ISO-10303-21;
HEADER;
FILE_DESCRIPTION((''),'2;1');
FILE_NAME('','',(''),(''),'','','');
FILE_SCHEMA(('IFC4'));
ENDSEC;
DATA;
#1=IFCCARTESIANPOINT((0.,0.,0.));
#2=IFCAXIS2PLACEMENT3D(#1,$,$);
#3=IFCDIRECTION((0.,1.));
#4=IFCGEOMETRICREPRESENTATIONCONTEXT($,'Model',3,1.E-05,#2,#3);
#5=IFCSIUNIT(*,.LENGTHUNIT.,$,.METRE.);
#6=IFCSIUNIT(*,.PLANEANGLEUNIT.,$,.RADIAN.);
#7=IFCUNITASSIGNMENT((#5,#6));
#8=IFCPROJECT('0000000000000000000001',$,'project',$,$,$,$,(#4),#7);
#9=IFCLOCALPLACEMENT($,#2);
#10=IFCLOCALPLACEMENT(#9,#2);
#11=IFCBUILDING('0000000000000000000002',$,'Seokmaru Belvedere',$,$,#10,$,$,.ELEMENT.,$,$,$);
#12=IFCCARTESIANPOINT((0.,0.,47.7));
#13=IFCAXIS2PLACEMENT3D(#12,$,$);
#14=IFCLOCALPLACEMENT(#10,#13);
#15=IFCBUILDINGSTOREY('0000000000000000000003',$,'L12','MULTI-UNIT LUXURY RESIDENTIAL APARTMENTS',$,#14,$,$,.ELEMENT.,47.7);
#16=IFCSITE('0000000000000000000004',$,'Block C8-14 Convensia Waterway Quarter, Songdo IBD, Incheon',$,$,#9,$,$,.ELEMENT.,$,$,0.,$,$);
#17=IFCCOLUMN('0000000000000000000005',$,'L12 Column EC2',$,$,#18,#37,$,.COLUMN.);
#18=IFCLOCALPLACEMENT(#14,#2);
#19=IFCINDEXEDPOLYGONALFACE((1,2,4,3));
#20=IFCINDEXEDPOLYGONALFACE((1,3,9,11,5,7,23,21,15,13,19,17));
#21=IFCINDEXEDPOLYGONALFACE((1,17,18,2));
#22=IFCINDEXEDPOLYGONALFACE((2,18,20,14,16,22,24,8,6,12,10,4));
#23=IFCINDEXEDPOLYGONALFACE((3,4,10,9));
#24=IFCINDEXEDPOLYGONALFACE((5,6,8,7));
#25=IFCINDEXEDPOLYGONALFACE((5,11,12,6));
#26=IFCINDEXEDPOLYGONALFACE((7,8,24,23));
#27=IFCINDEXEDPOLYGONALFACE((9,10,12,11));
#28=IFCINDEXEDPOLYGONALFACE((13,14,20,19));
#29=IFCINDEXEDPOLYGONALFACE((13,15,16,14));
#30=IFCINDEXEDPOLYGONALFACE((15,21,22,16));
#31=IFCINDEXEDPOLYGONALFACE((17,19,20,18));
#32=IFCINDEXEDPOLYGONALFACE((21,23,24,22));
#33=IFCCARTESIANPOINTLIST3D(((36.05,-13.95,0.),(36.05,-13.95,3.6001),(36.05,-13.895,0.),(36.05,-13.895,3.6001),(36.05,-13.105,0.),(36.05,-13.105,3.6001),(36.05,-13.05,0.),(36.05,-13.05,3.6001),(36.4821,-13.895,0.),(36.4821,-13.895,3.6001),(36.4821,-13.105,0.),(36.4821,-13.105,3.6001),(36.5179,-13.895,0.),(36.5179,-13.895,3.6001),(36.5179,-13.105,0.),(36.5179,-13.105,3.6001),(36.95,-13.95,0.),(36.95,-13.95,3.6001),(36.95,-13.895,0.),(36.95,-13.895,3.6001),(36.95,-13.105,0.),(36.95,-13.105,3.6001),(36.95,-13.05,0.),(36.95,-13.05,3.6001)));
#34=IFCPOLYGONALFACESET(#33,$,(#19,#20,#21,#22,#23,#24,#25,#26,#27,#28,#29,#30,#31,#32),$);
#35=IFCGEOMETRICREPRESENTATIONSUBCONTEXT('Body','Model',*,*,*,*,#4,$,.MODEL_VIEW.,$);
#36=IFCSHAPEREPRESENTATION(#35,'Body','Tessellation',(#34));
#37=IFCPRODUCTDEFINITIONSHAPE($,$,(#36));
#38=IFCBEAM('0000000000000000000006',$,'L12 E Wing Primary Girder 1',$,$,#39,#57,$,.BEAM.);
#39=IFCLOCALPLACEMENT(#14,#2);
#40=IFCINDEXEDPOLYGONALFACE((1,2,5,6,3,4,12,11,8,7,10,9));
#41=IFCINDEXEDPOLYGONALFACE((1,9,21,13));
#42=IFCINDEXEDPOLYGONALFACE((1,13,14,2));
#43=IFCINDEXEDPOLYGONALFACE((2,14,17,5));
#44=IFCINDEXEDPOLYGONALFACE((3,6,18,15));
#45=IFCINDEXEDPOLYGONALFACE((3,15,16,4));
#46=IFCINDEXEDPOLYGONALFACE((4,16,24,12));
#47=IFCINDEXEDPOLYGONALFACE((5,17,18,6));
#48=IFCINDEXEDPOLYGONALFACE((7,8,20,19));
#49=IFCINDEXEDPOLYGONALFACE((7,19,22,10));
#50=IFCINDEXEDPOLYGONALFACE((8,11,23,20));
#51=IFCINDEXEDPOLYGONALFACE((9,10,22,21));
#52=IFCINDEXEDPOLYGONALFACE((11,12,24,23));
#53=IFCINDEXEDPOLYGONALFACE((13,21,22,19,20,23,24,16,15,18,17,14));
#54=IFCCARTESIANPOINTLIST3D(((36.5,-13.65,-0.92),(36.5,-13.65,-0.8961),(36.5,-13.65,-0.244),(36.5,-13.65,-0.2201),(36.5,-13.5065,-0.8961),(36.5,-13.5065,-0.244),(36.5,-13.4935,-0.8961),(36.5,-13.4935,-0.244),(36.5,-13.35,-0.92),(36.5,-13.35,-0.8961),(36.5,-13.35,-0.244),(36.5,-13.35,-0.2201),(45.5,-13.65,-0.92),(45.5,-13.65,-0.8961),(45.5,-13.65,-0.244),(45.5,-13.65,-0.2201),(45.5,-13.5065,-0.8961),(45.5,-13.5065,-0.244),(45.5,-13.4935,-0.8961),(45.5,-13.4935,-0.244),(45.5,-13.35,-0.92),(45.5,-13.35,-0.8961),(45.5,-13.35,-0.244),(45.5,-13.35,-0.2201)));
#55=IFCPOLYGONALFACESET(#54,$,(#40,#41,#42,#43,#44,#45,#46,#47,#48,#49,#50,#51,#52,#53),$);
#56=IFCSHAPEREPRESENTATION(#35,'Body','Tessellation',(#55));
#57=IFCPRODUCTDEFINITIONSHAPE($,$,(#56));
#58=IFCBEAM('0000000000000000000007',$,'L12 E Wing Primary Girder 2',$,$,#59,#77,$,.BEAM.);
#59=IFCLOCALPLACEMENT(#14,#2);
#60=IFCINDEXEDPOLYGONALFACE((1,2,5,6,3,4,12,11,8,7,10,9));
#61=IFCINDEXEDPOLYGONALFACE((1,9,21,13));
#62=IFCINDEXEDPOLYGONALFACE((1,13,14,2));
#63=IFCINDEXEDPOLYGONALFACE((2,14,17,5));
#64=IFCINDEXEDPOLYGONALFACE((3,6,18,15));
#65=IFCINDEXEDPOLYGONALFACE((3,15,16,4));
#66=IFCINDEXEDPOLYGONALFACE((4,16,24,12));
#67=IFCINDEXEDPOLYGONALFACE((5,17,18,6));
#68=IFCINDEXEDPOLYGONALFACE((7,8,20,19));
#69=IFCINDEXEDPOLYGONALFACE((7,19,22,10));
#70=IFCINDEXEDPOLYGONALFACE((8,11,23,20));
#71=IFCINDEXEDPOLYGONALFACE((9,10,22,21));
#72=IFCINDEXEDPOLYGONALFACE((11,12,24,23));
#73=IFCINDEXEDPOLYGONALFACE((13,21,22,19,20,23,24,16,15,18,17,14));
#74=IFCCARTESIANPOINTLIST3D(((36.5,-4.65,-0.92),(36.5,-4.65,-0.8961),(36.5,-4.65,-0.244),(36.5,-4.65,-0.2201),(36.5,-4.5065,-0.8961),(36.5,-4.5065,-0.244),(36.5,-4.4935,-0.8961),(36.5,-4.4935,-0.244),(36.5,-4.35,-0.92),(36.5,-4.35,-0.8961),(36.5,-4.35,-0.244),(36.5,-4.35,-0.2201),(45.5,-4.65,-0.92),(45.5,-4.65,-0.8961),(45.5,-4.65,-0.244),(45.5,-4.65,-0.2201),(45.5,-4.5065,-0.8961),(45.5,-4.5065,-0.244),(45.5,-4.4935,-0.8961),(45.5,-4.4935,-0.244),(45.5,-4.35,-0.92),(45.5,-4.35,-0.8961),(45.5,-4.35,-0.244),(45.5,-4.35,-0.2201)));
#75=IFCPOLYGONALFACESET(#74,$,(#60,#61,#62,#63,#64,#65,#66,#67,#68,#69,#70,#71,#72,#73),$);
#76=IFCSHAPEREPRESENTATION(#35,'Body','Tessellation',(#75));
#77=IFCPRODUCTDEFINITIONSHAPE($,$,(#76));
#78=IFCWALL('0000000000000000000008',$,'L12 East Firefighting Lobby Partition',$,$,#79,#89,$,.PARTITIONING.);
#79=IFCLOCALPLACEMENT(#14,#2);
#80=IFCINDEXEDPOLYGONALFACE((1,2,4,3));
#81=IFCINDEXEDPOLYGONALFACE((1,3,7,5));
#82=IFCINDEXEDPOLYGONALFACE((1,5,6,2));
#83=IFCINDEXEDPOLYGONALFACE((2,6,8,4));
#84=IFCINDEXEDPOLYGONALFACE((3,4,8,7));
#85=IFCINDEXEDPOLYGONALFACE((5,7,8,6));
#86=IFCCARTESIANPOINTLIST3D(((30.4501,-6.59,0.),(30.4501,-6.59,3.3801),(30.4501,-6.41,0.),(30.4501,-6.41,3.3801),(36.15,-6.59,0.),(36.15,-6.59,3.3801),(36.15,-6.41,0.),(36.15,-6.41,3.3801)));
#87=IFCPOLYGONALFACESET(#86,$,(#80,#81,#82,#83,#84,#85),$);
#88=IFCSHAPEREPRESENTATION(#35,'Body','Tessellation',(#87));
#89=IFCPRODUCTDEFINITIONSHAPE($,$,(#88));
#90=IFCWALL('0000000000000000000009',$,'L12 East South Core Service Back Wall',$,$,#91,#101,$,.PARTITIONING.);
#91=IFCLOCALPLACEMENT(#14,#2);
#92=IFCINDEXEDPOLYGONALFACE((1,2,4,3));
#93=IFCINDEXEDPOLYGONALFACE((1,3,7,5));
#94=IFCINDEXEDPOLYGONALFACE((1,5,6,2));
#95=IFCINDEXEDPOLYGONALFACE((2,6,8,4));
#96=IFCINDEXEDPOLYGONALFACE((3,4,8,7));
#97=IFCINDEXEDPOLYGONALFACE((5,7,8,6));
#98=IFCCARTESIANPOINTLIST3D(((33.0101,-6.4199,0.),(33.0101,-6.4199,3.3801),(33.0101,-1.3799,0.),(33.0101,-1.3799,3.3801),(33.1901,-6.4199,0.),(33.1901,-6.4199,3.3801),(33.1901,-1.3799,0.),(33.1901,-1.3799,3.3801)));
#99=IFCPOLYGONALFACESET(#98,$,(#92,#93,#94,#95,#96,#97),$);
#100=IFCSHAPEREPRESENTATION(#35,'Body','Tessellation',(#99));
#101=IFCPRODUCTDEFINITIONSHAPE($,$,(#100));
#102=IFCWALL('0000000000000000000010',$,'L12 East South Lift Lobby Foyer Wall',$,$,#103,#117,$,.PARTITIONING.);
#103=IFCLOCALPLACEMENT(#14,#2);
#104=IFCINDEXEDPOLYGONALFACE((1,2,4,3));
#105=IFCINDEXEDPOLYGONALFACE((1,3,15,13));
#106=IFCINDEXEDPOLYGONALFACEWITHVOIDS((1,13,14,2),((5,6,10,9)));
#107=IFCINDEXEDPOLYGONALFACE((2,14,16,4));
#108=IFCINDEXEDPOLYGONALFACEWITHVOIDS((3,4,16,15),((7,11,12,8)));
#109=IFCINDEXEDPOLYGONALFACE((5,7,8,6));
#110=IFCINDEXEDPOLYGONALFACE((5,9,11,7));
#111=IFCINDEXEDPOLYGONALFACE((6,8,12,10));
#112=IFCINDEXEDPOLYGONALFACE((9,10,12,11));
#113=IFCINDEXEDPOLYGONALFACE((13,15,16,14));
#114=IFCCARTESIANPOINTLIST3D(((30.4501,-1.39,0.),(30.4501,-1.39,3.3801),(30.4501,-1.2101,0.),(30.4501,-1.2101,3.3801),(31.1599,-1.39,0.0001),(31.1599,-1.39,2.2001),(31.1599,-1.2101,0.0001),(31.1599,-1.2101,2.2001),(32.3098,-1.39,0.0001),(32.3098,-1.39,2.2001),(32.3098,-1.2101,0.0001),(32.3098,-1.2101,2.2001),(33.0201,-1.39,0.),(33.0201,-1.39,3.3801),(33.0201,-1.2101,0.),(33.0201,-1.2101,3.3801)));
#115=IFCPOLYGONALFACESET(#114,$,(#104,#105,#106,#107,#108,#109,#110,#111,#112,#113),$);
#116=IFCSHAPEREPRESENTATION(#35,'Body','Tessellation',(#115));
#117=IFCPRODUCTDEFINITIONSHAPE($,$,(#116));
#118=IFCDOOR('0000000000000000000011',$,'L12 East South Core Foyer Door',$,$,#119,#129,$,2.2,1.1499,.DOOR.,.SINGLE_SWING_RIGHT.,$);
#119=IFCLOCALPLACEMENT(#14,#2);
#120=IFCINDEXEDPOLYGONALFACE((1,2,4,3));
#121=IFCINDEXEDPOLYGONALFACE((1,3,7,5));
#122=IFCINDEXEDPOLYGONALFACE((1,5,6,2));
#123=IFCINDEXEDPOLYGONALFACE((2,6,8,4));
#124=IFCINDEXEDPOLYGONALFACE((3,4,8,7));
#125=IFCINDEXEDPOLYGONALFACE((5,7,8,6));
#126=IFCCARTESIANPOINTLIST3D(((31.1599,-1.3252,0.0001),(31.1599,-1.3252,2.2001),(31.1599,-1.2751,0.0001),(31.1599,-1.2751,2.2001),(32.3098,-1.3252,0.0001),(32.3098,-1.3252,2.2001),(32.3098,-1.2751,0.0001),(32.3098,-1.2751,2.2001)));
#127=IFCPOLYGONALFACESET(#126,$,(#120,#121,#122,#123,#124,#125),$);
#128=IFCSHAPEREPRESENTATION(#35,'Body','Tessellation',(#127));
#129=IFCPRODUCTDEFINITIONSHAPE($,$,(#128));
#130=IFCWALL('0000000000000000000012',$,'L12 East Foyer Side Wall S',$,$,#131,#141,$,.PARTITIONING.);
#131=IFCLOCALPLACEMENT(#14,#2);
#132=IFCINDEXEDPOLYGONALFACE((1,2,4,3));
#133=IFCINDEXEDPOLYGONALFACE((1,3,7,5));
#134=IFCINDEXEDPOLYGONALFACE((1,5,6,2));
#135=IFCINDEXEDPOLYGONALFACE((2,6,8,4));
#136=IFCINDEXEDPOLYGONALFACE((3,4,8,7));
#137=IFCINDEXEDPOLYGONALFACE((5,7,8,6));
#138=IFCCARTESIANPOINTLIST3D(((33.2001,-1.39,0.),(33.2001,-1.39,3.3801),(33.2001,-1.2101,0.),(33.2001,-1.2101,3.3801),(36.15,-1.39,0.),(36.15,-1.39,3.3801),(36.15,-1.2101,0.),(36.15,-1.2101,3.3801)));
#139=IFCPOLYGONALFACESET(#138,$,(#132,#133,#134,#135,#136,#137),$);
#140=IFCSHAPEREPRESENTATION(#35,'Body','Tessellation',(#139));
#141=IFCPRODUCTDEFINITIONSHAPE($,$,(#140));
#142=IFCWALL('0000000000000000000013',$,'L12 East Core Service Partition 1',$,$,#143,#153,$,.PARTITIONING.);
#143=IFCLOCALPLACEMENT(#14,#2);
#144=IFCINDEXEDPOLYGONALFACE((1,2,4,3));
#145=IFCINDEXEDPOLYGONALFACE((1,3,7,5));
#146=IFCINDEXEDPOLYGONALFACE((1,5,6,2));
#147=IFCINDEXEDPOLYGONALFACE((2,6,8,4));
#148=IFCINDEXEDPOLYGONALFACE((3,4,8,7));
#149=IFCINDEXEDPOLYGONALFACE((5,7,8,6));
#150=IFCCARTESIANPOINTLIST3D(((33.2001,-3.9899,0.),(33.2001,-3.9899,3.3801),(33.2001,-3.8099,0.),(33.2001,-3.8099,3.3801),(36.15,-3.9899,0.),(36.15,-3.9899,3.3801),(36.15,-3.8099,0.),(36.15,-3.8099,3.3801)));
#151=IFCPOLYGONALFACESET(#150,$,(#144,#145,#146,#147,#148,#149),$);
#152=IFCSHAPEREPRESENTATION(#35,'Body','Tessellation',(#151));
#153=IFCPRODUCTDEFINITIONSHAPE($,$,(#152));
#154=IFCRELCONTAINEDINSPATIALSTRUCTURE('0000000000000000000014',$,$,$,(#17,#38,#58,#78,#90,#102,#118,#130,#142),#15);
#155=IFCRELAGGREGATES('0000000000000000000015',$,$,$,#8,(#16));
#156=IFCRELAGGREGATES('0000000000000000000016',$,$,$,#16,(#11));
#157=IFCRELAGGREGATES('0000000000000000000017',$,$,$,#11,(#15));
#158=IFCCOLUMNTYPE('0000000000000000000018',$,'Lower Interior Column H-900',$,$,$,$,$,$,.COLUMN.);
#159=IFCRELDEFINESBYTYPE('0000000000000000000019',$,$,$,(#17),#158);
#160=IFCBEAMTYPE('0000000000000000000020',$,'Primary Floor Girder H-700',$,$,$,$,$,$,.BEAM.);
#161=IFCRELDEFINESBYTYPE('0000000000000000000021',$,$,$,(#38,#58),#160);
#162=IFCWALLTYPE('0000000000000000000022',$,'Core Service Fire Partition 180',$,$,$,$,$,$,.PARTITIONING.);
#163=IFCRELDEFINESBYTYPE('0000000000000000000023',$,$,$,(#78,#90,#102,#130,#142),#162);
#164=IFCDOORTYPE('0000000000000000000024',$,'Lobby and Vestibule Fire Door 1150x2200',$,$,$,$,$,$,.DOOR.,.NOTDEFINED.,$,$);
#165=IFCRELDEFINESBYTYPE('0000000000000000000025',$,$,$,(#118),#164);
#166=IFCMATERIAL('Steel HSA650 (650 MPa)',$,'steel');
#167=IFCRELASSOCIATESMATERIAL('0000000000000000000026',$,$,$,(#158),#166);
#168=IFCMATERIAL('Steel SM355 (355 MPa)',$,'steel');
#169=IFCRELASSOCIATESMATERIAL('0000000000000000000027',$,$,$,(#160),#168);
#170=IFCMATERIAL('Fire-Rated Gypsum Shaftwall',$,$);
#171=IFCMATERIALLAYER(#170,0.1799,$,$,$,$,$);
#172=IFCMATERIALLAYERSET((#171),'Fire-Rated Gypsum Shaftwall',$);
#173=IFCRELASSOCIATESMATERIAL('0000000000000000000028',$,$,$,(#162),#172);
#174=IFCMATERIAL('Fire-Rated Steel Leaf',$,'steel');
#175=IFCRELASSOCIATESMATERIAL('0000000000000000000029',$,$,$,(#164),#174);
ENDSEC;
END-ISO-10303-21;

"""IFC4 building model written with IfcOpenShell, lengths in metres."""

from ifc_helpers import new_model, si_unit, direction, frame, frame_2d, origin, origin_2d, place, context, subcontext, project, spatial, rectangle, i_section, extrude, source, transform, mapped, material, layer, layer_set, material_profile, profile_set, type_object, type_shapes, element, fill, save


model = new_model("IFC4")

# Units and contexts
model_context = context("Model", 3, precision=1e-05, world=origin(), true_north=direction((0.0, 1.0)))
body_context = subcontext(model_context, "Body", "Model", "MODEL_VIEW")
ifc_project = project(units=[si_unit("LENGTHUNIT", "METRE"), si_unit("PLANEANGLEUNIT", "RADIAN")], contexts=[model_context])

# Site, building, storey
site_placement = place(None, origin())
site = spatial("IfcSite", under=ifc_project, at=site_placement, Name="Block C8-14 Convensia Waterway Quarter, Songdo IBD, Incheon", CompositionType="ELEMENT", RefElevation=0.0)
building_placement = place(site_placement, origin())
building = spatial("IfcBuilding", under=site, at=building_placement, Name="Seokmaru Belvedere", CompositionType="ELEMENT")
storey_placement = place(building_placement, frame((0.0, 0.0, 47.7)))
storey = spatial("IfcBuildingStorey", under=building, at=storey_placement, Name="L12", Description="MULTI-UNIT LUXURY RESIDENTIAL APARTMENTS", CompositionType="ELEMENT", Elevation=47.7)

# Column
ifc_material_1 = material(Name="Steel HSA650 (650 MPa)", Category="steel")
ifc_material_profile_1 = material_profile(ifc_material_1, i_section(OverallWidth=0.8999, OverallDepth=0.8999, WebThickness=0.0359, FlangeThickness=0.0549, at=origin_2d()), Name="H-900x900x36x55")
ifc_profile_set_1 = profile_set([ifc_material_profile_1], Name="Steel HSA650 (650 MPa)")
column_type = type_object("IfcColumnType", Name="Lower Interior Column H-900", PredefinedType="COLUMN", material=ifc_profile_set_1)
shared_shape_1 = source(origin(), body_context, "Body", "SweptSolid", [
    extrude(i_section(OverallWidth=0.8999, OverallDepth=0.8999, WebThickness=0.0359, FlangeThickness=0.0549, at=origin_2d()), origin(), (0.0, 0.0, 1.0), 3.6001),
])
type_shapes(column_type, [shared_shape_1])
column_placement = place(storey_placement, frame((36.5, -13.5, 0.0), z_axis=(0.0, 0.0, 1.0), x_axis=(1.0, 0.0, 0.0)))
element("IfcColumn", 1, at=column_placement, inside=storey, type_object=column_type, Name="L12 Column EC2", PredefinedType="COLUMN", context=body_context, shape_type="MappedRepresentation", body=[
    mapped(shared_shape_1, transform((0.0, 0.0, 0.0), scale=1.0)),
])

# Beams
ifc_material_2 = material(Name="Steel SM355 (355 MPa)", Category="steel")
ifc_material_profile_2 = material_profile(ifc_material_2, i_section(OverallWidth=0.3, OverallDepth=0.7, WebThickness=0.0129, FlangeThickness=0.0239, at=origin_2d()), Name="H-700x300x13x24")
ifc_profile_set_2 = profile_set([ifc_material_profile_2], Name="Steel SM355 (355 MPa)")
beam_type = type_object("IfcBeamType", Name="Primary Floor Girder H-700", PredefinedType="BEAM", material=ifc_profile_set_2)
shared_shape_2 = source(origin(), body_context, "Body", "SweptSolid", [
    extrude(i_section(OverallWidth=0.3, OverallDepth=0.7, WebThickness=0.0129, FlangeThickness=0.0239, at=origin_2d()), origin(), (0.0, 0.0, 1.0), 9.0),
])
type_shapes(beam_type, [shared_shape_2])
for number, where, z_axis, x_axis, name in (
    (2, (36.5, -13.5, -0.5701), (1.0, 0.0, 0.0), (0.0, 1.0, 0.0), "L12 E Wing Primary Girder 1"),
    (3, (36.5, -4.5, -0.5701), (1.0, 0.0, 0.0), (0.0, 1.0, 0.0), "L12 E Wing Primary Girder 2"),
):
    element("IfcBeam", number, at=place(storey_placement, frame(where, z_axis=z_axis, x_axis=x_axis)), inside=storey, type_object=beam_type, Name=name, PredefinedType="BEAM", context=body_context, shape_type="MappedRepresentation", body=[
        mapped(shared_shape_2, transform((0.0, 0.0, 0.0), scale=1.0)),
    ])

# Walls
ifc_material_3 = material(Name="Fire-Rated Gypsum Shaftwall")
ifc_layer_1 = layer(ifc_material_3, 0.1799)
ifc_layer_set_1 = layer_set([ifc_layer_1], Name="Fire-Rated Gypsum Shaftwall")
wall_type_1 = type_object("IfcWallType", Name="Core Service Fire Partition 180", PredefinedType="PARTITIONING", material=ifc_layer_set_1)
wall_1_placement = place(storey_placement, frame((30.45, -6.5, 0.0), z_axis=(0.0, 0.0, 1.0), x_axis=(1.0, 0.0, 0.0)))
element("IfcWall", 4, at=wall_1_placement, inside=storey, type_object=wall_type_1, Name="L12 East Firefighting Lobby Partition", PredefinedType="PARTITIONING", context=body_context, shape_type="SweptSolid", body=[
    extrude(rectangle(XDim=5.7, YDim=0.1799, at=frame_2d((2.8501, 0.0))), origin(), (0.0, 0.0, 1.0), 3.3801),
])
wall_2_placement = place(storey_placement, frame((33.1001, -6.4199, 0.0), z_axis=(0.0, 0.0, 1.0), x_axis=(0.0, 1.0, 0.0)))
element("IfcWall", 5, at=wall_2_placement, inside=storey, type_object=wall_type_1, Name="L12 East South Core Service Back Wall", PredefinedType="PARTITIONING", context=body_context, shape_type="SweptSolid", body=[
    extrude(rectangle(XDim=5.04, YDim=0.1799, at=frame_2d((2.52, 0.0))), origin(), (0.0, 0.0, 1.0), 3.3801),
])

# Wall, opening, door
wall_3_placement = place(storey_placement, frame((30.45, -1.3, 0.0), z_axis=(0.0, 0.0, 1.0), x_axis=(1.0, 0.0, 0.0)))
wall_3 = element("IfcWall", 6, at=wall_3_placement, inside=storey, type_object=wall_type_1, Name="L12 East South Lift Lobby Foyer Wall", PredefinedType="PARTITIONING", context=body_context, shape_type="SweptSolid", body=[
    extrude(rectangle(XDim=2.5701, YDim=0.1799, at=frame_2d((1.2852, 0.0))), origin(), (0.0, 0.0, 1.0), 3.3801),
])
opening_1_placement = place(wall_3_placement, frame((0.71, 0.0, 0.0)))
opening_1 = element("IfcOpeningElement", 7, at=opening_1_placement, cuts=wall_3, PredefinedType="OPENING", context=body_context, shape_type="SweptSolid", body=[
    extrude(rectangle(XDim=1.1499, YDim=2.2, at=frame_2d((0.575, 1.1001))), frame((0.0, 0.1001, 0.0), z_axis=(0.0, -1.0, 0.0), x_axis=(1.0, 0.0, 0.0)), (0.0, 0.0, 1.0), 0.2),
])
ifc_material_4 = material(Name="Fire-Rated Steel Leaf", Category="steel")
door_type_1 = type_object("IfcDoorType", Name="Lobby and Vestibule Fire Door 1150x2200", OperationType="NOTDEFINED", PredefinedType="DOOR", material=ifc_material_4)
shared_shape_3 = source(origin(), body_context, "Body", "SweptSolid", [
    extrude(rectangle(XDim=1.1499, YDim=2.2, at=frame_2d((0.575, 1.1001))), frame((0.0, 0.0249, 0.0), z_axis=(0.0, -1.0, 0.0), x_axis=(1.0, 0.0, 0.0)), (0.0, 0.0, 1.0), 0.05),
])
type_shapes(door_type_1, [shared_shape_3])
door_1_placement = place(opening_1_placement, origin())
door_1 = element("IfcDoor", 8, at=door_1_placement, inside=storey, type_object=door_type_1, Name="L12 East South Core Foyer Door", OperationType="SINGLE_SWING_RIGHT", OverallHeight=2.2, OverallWidth=1.1499, PredefinedType="DOOR", context=body_context, shape_type="MappedRepresentation", body=[
    mapped(shared_shape_3, transform((0.0, 0.0, 0.0), scale=1.0)),
])
fill(opening_1, door_1)

# Walls
for number, where, z_axis, x_axis, name in (
    (9, (33.2, -1.3, 0.0), (0.0, 0.0, 1.0), (1.0, 0.0, 0.0), "L12 East Foyer Side Wall S"),
    (10, (33.2, -3.8999, 0.0), (0.0, 0.0, 1.0), (1.0, 0.0, 0.0), "L12 East Core Service Partition 1"),
):
    element("IfcWall", number, at=place(storey_placement, frame(where, z_axis=z_axis, x_axis=x_axis)), inside=storey, type_object=wall_type_1, Name=name, PredefinedType="PARTITIONING", context=body_context, shape_type="SweptSolid", body=[
        extrude(rectangle(XDim=2.95, YDim=0.1799, at=frame_2d((1.4751, 0.0))), origin(), (0.0, 0.0, 1.0), 3.3801),
    ])

save(model, "model.ifc")
